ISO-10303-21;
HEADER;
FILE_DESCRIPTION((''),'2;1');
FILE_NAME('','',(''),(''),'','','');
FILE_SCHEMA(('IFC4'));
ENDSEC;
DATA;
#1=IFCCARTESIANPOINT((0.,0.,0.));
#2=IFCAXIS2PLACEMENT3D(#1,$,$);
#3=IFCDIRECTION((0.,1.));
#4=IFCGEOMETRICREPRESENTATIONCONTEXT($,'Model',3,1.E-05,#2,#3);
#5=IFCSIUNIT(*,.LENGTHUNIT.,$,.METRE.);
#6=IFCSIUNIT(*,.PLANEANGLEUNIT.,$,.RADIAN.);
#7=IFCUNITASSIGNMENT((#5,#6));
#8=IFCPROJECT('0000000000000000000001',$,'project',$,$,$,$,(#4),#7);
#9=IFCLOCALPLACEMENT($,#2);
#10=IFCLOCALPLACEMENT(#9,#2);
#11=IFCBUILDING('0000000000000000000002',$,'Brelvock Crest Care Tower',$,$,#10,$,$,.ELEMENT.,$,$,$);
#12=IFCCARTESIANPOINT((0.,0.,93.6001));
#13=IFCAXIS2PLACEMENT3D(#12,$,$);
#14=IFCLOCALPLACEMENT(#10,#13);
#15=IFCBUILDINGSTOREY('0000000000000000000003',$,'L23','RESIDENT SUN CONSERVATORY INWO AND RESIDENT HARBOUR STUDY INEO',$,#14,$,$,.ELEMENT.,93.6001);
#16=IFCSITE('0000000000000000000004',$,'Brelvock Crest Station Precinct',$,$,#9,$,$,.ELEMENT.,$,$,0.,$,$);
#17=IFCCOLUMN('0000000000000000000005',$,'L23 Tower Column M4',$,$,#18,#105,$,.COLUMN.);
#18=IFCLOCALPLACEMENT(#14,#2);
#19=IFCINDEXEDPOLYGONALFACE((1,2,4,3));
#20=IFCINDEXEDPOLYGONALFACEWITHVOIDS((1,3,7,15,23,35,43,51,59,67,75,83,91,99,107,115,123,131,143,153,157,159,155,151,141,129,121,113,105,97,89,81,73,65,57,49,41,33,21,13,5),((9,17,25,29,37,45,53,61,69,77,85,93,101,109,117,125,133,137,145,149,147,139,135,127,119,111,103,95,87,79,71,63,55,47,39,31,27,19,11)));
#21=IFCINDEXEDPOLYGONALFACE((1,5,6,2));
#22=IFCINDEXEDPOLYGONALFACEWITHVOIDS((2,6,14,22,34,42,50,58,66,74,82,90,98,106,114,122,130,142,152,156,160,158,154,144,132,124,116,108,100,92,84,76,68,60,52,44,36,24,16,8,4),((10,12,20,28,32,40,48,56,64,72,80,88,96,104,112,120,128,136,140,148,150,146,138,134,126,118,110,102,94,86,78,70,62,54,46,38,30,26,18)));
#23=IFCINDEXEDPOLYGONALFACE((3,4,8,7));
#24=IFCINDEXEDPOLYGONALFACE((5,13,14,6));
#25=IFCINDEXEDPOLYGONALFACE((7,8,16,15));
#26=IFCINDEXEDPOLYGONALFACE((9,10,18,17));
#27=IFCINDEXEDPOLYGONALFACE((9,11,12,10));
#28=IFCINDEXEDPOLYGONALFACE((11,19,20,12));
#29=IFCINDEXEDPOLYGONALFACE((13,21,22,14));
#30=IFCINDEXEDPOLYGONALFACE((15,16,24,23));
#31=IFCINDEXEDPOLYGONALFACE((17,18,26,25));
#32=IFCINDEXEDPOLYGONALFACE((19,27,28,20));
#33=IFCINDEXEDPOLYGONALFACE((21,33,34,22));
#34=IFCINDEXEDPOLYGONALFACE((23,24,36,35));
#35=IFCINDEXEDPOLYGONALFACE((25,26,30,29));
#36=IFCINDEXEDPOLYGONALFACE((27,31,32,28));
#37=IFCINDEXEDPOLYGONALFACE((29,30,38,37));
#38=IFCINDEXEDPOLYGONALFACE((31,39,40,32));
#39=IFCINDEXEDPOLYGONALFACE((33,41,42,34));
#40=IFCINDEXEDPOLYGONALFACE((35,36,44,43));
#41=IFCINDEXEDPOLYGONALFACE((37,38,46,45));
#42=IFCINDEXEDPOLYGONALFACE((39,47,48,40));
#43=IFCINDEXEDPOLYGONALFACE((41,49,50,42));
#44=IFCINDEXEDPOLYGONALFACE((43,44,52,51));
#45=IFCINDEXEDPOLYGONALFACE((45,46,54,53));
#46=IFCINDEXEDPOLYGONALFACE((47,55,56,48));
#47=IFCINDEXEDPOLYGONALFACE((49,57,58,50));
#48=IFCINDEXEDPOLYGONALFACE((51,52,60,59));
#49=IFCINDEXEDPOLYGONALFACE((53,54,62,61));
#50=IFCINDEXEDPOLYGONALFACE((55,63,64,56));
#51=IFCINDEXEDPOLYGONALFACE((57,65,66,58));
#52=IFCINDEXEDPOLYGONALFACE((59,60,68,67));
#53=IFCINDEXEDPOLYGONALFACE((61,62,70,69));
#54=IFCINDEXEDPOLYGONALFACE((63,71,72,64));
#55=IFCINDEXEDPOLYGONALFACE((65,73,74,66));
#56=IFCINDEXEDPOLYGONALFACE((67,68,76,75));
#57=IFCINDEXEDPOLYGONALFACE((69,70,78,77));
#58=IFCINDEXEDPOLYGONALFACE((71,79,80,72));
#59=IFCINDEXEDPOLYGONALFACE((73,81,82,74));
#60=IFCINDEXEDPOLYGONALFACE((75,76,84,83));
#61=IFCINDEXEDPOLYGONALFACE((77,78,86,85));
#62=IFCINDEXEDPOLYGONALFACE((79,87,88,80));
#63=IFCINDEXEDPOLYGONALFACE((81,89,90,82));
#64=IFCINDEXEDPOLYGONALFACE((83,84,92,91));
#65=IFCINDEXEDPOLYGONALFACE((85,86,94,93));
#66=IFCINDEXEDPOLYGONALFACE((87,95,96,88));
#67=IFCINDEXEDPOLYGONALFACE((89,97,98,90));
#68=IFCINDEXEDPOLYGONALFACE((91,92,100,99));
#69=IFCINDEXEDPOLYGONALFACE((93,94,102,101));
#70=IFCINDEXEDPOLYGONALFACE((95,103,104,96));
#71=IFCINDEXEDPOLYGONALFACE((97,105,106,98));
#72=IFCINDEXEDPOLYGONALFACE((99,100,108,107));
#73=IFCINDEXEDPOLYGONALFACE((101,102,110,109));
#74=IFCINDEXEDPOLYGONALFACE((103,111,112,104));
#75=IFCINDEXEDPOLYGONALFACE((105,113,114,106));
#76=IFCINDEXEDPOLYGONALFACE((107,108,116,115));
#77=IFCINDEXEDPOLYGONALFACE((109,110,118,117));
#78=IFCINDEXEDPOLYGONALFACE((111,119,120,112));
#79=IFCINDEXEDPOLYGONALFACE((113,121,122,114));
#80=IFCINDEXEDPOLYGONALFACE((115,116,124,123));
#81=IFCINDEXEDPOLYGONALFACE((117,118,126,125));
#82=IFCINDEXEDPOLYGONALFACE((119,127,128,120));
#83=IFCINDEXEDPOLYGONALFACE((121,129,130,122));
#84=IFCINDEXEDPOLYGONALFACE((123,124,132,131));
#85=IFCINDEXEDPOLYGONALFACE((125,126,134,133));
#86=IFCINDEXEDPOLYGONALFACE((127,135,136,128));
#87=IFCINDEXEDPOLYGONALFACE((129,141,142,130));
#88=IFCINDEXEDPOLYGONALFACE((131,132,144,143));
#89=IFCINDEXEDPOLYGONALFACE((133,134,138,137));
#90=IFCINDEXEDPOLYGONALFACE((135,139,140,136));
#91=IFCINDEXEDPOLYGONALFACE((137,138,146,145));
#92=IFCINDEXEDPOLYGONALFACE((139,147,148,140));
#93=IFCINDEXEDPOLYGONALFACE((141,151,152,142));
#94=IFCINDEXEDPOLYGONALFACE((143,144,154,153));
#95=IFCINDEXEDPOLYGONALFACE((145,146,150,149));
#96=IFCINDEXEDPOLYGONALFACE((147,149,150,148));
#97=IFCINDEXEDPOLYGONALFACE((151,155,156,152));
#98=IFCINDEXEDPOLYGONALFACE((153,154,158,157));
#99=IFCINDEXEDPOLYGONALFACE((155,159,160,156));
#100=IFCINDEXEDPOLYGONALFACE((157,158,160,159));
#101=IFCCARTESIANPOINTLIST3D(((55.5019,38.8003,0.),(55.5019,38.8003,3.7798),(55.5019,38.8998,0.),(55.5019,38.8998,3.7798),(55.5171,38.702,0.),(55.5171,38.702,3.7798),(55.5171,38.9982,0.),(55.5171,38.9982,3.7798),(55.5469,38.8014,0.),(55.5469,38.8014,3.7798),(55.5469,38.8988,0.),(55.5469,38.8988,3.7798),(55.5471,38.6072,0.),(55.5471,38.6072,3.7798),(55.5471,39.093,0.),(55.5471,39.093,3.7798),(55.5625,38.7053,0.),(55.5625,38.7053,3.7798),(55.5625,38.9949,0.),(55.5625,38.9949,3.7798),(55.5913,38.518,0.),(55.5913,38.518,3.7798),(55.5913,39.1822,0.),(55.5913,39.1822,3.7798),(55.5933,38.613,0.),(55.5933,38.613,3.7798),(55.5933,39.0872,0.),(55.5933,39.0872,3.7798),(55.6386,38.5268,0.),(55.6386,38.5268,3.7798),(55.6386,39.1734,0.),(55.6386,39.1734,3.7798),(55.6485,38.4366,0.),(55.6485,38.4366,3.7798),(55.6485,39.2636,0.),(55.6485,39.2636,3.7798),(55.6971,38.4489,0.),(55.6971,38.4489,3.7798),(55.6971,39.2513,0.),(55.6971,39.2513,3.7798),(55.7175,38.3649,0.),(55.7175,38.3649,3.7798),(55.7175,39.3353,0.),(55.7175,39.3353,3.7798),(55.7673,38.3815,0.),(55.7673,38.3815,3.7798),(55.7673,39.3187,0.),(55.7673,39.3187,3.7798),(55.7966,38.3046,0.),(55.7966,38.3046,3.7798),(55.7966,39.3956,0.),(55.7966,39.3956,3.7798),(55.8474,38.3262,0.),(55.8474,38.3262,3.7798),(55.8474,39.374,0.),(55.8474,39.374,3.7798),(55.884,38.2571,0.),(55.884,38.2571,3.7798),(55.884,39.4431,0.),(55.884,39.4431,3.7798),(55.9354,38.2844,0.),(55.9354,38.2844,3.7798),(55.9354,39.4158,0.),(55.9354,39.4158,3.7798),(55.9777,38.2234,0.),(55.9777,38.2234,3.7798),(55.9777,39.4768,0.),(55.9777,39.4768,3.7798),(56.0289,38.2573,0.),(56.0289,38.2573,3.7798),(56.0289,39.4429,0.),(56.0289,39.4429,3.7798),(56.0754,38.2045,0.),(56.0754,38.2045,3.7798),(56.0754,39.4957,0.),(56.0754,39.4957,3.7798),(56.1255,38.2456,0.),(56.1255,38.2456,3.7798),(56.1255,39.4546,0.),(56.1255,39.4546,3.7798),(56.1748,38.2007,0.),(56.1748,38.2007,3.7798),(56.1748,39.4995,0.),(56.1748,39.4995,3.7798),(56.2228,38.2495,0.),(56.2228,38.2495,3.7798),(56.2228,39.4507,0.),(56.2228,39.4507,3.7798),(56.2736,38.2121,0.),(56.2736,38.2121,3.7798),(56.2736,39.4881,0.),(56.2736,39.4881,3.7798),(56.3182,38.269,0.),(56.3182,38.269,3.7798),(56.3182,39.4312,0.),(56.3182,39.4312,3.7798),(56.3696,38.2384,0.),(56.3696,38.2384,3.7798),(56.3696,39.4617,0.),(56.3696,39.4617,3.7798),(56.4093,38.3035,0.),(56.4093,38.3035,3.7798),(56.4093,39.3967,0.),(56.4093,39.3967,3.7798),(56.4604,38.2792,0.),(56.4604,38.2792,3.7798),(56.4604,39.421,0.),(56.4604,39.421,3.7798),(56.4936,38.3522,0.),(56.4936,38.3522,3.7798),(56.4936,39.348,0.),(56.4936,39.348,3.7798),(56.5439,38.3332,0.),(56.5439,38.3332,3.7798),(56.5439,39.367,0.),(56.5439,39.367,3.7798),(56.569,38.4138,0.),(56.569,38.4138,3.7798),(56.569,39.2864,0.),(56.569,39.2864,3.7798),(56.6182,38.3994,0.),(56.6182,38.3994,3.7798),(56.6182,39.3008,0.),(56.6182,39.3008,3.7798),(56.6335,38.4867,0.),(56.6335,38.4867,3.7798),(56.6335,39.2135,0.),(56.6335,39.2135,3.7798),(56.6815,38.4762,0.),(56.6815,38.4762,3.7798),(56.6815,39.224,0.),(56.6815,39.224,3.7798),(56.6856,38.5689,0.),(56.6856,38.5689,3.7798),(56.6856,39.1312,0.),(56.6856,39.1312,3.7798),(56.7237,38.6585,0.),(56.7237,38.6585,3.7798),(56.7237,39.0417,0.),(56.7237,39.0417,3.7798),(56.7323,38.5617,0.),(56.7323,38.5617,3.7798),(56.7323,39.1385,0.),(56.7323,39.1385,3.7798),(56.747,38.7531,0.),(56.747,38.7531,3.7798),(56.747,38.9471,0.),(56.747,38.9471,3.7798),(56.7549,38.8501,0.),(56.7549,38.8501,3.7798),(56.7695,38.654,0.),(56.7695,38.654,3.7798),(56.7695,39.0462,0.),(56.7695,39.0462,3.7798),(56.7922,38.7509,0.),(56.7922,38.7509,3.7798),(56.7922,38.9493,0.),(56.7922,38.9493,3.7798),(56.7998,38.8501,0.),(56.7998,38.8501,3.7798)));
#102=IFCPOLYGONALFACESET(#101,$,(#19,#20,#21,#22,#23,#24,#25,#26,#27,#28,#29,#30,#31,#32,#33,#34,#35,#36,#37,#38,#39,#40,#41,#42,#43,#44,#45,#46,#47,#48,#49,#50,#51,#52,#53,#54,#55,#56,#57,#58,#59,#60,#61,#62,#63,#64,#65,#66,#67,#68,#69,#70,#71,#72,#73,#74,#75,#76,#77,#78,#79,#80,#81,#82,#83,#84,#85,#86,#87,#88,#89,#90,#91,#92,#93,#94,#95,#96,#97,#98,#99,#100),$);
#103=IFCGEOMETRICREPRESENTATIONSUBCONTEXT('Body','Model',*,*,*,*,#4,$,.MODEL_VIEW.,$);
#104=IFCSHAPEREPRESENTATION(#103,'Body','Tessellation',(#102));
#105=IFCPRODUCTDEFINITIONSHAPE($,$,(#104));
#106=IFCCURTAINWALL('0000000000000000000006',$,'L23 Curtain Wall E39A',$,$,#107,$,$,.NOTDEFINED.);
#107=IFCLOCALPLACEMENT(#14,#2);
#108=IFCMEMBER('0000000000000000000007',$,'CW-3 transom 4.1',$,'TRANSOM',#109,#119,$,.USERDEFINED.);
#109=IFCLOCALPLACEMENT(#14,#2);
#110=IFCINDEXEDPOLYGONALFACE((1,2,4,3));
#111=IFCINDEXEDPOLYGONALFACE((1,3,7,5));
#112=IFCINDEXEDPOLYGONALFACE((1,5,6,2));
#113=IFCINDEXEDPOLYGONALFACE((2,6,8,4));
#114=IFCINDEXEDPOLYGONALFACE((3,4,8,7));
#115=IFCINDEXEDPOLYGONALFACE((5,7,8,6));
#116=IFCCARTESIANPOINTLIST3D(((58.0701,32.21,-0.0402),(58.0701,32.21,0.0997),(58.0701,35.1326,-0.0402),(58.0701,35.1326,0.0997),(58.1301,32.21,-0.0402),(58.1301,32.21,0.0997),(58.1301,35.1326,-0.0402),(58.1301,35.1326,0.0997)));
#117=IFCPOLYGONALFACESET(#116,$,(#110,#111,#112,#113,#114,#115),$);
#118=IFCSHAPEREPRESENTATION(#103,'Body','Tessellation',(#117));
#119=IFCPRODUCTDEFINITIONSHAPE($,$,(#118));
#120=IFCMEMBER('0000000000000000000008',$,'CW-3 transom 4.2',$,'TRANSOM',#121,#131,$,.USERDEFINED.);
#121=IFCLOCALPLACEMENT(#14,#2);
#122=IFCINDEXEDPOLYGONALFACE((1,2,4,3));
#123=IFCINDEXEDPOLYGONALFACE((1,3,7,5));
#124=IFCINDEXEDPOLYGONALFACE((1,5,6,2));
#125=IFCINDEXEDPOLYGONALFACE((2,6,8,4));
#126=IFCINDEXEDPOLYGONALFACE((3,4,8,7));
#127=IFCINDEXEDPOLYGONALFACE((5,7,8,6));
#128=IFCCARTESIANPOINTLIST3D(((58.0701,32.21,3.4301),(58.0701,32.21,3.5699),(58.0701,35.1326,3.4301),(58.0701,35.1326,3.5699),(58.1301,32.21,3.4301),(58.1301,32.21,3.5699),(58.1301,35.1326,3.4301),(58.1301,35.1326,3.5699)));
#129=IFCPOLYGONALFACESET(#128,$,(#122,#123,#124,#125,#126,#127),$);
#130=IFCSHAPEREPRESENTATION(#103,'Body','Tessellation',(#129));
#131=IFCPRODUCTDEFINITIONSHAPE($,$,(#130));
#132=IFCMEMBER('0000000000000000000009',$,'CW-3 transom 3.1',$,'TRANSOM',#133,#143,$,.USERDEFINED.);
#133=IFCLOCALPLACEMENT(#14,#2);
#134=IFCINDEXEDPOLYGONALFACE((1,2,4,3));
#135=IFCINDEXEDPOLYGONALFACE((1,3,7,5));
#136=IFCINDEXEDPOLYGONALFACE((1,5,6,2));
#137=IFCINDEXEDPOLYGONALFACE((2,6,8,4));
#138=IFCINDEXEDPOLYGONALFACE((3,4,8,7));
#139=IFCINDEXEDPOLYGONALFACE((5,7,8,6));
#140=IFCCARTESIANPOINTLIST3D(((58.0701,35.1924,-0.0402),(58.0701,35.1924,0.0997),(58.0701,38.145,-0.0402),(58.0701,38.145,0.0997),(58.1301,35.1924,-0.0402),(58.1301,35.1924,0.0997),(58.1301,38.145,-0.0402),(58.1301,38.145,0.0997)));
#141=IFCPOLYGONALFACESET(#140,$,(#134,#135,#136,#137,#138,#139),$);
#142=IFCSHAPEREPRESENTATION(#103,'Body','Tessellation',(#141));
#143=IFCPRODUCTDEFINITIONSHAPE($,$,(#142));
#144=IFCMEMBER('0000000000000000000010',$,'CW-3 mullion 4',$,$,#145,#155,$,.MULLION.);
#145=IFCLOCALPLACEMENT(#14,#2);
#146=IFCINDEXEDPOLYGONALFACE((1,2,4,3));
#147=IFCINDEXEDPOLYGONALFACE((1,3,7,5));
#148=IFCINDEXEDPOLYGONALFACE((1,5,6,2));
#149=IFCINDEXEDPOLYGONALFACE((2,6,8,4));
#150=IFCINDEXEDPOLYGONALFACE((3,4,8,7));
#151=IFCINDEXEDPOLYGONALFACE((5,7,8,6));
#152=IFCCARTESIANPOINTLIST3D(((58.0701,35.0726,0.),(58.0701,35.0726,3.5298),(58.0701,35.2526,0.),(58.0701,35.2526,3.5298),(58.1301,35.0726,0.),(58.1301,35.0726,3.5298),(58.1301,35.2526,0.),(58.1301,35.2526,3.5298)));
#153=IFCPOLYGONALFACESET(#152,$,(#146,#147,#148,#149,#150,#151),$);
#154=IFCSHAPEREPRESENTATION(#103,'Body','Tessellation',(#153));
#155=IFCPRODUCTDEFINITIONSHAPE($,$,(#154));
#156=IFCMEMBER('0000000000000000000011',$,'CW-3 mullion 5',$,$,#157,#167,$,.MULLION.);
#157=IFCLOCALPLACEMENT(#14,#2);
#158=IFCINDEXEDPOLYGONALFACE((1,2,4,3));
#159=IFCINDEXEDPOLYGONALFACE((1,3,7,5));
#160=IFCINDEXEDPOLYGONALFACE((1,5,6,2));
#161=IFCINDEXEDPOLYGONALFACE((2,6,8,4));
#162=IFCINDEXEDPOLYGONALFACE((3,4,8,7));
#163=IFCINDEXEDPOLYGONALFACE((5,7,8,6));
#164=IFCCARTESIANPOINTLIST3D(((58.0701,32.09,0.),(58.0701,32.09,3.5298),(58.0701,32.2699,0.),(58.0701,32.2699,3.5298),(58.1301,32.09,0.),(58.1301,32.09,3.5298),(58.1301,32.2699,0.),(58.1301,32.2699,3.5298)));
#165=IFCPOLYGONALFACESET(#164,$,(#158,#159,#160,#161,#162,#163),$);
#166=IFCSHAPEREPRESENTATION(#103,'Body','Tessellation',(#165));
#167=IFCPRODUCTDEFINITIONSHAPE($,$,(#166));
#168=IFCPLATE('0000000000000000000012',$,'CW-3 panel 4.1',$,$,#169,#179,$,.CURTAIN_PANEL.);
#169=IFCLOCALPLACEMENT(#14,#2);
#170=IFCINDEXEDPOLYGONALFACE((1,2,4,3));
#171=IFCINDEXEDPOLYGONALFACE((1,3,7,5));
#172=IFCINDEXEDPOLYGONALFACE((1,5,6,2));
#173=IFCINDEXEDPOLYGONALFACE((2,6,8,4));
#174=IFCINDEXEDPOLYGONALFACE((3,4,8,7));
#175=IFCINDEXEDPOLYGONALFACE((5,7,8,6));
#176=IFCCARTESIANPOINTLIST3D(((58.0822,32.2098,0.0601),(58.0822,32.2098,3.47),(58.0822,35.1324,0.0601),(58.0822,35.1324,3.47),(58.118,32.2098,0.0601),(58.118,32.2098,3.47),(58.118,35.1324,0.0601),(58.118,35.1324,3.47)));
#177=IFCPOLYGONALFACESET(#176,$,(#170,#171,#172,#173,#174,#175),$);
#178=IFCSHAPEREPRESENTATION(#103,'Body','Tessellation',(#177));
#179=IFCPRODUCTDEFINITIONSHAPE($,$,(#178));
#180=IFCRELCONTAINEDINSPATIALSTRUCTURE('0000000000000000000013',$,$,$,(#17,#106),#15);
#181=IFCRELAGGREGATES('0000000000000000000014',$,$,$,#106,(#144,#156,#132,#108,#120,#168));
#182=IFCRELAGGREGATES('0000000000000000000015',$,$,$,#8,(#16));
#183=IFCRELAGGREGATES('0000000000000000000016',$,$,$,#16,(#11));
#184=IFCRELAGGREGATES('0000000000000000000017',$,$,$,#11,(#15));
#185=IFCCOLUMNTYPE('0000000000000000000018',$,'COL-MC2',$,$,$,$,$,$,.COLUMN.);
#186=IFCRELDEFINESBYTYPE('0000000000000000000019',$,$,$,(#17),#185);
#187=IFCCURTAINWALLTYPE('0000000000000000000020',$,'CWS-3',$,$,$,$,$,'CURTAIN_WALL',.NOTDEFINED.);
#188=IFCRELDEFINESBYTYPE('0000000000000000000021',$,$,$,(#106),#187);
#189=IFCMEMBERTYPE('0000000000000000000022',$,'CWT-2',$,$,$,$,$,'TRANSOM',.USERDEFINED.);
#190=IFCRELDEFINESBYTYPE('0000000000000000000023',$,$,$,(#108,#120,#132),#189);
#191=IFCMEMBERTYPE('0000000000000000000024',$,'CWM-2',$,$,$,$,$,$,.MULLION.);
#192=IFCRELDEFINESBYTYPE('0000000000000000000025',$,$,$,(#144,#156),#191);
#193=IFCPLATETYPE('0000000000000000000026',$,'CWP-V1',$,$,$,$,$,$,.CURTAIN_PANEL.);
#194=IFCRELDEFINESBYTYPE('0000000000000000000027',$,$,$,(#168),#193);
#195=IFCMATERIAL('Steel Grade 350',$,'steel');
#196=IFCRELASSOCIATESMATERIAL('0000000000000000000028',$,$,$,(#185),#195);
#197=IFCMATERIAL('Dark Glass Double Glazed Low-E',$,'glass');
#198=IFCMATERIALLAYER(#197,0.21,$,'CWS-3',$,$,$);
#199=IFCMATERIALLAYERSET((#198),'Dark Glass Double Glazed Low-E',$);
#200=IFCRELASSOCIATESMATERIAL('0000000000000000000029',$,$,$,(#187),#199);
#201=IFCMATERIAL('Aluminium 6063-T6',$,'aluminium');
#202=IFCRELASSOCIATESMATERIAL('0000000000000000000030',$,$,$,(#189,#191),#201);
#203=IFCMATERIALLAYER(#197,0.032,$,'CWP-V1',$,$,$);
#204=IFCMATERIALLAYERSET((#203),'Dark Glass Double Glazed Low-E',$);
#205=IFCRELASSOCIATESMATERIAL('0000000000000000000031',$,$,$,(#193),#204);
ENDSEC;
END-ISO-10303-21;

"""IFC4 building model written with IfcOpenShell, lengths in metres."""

from ifc_helpers import new_model, si_unit, direction, frame, origin, origin_2d, place, context, subcontext, project, spatial, rectangle, hollow_circle, extrude, source, transform, mapped, material, layer, layer_set, material_profile, profile_set, type_object, element, aggregate, save


model = new_model("IFC4")

# Units and contexts
model_context = context("Model", 3, precision=1e-05, world=origin(), true_north=direction((0.0, 1.0)))
body_context = subcontext(model_context, "Body", "Model", "MODEL_VIEW")
ifc_project = project(units=[si_unit("LENGTHUNIT", "METRE"), si_unit("PLANEANGLEUNIT", "RADIAN")], contexts=[model_context])

# Site, building, storey
site_placement = place(None, origin())
site = spatial("IfcSite", under=ifc_project, at=site_placement, Name="Brelvock Crest Station Precinct", CompositionType="ELEMENT", RefElevation=0.0)
building_placement = place(site_placement, origin())
building = spatial("IfcBuilding", under=site, at=building_placement, Name="Brelvock Crest Care Tower", CompositionType="ELEMENT")
storey_placement = place(building_placement, frame((0.0, 0.0, 93.6001)))
storey = spatial("IfcBuildingStorey", under=building, at=storey_placement, Name="L23", Description="RESIDENT SUN CONSERVATORY INWO AND RESIDENT HARBOUR STUDY INEO", CompositionType="ELEMENT", Elevation=93.6001)

# Column
ifc_material_1 = material(Name="Steel Grade 350", Category="steel")
ifc_material_profile_1 = material_profile(ifc_material_1, hollow_circle(Radius=0.6499, WallThickness=0.0449, at=origin_2d()), Name="CFT1300x45")
ifc_profile_set_1 = profile_set([ifc_material_profile_1], Name="Steel Grade 350")
column_type = type_object("IfcColumnType", Name="COL-MC2", PredefinedType="COLUMN", material=ifc_profile_set_1)
shared_shape_1 = source(origin(), body_context, "Body", "SweptSolid", [
    extrude(hollow_circle(Radius=0.6499, WallThickness=0.0449, at=origin_2d()), origin(), (0.0, 0.0, 1.0), 3.7798),
])
column_placement = place(storey_placement, frame((56.1499, 38.8501, 0.0), z_axis=(0.0, 0.0, 1.0), x_axis=(1.0, 0.0, 0.0)))
element("IfcColumn", 1, at=column_placement, inside=storey, type_object=column_type, Name="L23 Tower Column M4", PredefinedType="COLUMN", context=body_context, shape_type="MappedRepresentation", body=[
    mapped(shared_shape_1, transform((0.0, 0.0, 0.0), x_axis=(1.0, 0.0, 0.0), y_axis=(0.0, 1.0, 0.0), z_axis=(0.0, 0.0, 1.0), scale=1.0)),
])

# Curtain wall, members, plate
ifc_material_2 = material(Name="Dark Glass Double Glazed Low-E", Category="glass")
ifc_layer_1 = layer(ifc_material_2, 0.21, Name="CWS-3")
ifc_layer_set_1 = layer_set([ifc_layer_1], Name="Dark Glass Double Glazed Low-E")
curtain_wall_type = type_object("IfcCurtainWallType", Name="CWS-3", ElementType="CURTAIN_WALL", PredefinedType="NOTDEFINED", material=ifc_layer_set_1)
curtain_wall_placement = place(storey_placement, origin())
curtain_wall = element("IfcCurtainWall", 2, at=curtain_wall_placement, inside=storey, type_object=curtain_wall_type, Name="L23 Curtain Wall E39A", PredefinedType="NOTDEFINED")
ifc_material_3 = material(Name="Aluminium 6063-T6", Category="aluminium")
ifc_material_profile_2 = material_profile(ifc_material_3, rectangle(XDim=0.0601, YDim=0.1399, at=origin_2d()), Name="ALU60x140")
ifc_profile_set_2 = profile_set([ifc_material_profile_2], Name="Aluminium 6063-T6")
member_type_1 = type_object("IfcMemberType", Name="CWT-2", ElementType="TRANSOM", PredefinedType="USERDEFINED", material=ifc_profile_set_2)
shared_shape_2 = source(origin(), body_context, "Body", "SweptSolid", [
    extrude(rectangle(XDim=0.0601, YDim=0.1399, at=origin_2d()), origin(), (0.0, 0.0, 1.0), 2.9226),
])
member_1_placement = place(storey_placement, frame((58.1001, 35.1326, 0.0298), z_axis=(0.0, -1.0, 0.0), x_axis=(1.0, 0.0, 0.0)))
member_1 = element("IfcMember", 3, at=member_1_placement, type_object=member_type_1, Name="CW-3 transom 4.1", ObjectType="TRANSOM", PredefinedType="USERDEFINED", context=body_context, shape_type="MappedRepresentation", body=[
    mapped(shared_shape_2, transform((0.0, 0.0, 0.0), x_axis=(1.0, 0.0, 0.0), y_axis=(0.0, 1.0, 0.0), z_axis=(0.0, 0.0, 1.0), scale=1.0)),
])
member_2_placement = place(storey_placement, frame((58.1001, 35.1326, 3.5), z_axis=(0.0, -1.0, 0.0), x_axis=(1.0, 0.0, 0.0)))
member_2 = element("IfcMember", 4, at=member_2_placement, type_object=member_type_1, Name="CW-3 transom 4.2", ObjectType="TRANSOM", PredefinedType="USERDEFINED", context=body_context, shape_type="MappedRepresentation", body=[
    mapped(shared_shape_2, transform((0.0, 0.0, 0.0), x_axis=(1.0, 0.0, 0.0), y_axis=(0.0, 1.0, 0.0), z_axis=(0.0, 0.0, 1.0), scale=1.0)),
])
shared_shape_3 = source(origin(), body_context, "Body", "SweptSolid", [
    extrude(rectangle(XDim=0.0601, YDim=0.1399, at=origin_2d()), origin(), (0.0, 0.0, 1.0), 2.9526),
])
member_3_placement = place(storey_placement, frame((58.1001, 38.145, 0.0298), z_axis=(0.0, -1.0, 0.0), x_axis=(1.0, 0.0, 0.0)))
member_3 = element("IfcMember", 5, at=member_3_placement, type_object=member_type_1, Name="CW-3 transom 3.1", ObjectType="TRANSOM", PredefinedType="USERDEFINED", context=body_context, shape_type="MappedRepresentation", body=[
    mapped(shared_shape_3, transform((0.0, 0.0, 0.0), x_axis=(1.0, 0.0, 0.0), y_axis=(0.0, 1.0, 0.0), z_axis=(0.0, 0.0, 1.0), scale=1.0)),
])
ifc_material_profile_3 = material_profile(ifc_material_3, rectangle(XDim=0.0601, YDim=0.1799, at=origin_2d()), Name="ALU60x180")
ifc_profile_set_3 = profile_set([ifc_material_profile_3], Name="Aluminium 6063-T6")
member_type_2 = type_object("IfcMemberType", Name="CWM-2", PredefinedType="MULLION", material=ifc_profile_set_3)
shared_shape_4 = source(origin(), body_context, "Body", "SweptSolid", [
    extrude(rectangle(XDim=0.0601, YDim=0.1799, at=origin_2d()), origin(), (0.0, 0.0, 1.0), 3.5298),
])
member_4_placement = place(storey_placement, frame((58.1001, 35.1626, 0.0), z_axis=(0.0, 0.0, 1.0), x_axis=(1.0, 0.0, 0.0)))
member_4 = element("IfcMember", 6, at=member_4_placement, type_object=member_type_2, Name="CW-3 mullion 4", PredefinedType="MULLION", context=body_context, shape_type="MappedRepresentation", body=[
    mapped(shared_shape_4, transform((0.0, 0.0, 0.0), x_axis=(1.0, 0.0, 0.0), y_axis=(0.0, 1.0, 0.0), z_axis=(0.0, 0.0, 1.0), scale=1.0)),
])
member_5_placement = place(storey_placement, frame((58.1001, 32.1799, 0.0), z_axis=(0.0, 0.0, 1.0), x_axis=(1.0, 0.0, 0.0)))
member_5 = element("IfcMember", 7, at=member_5_placement, type_object=member_type_2, Name="CW-3 mullion 5", PredefinedType="MULLION", context=body_context, shape_type="MappedRepresentation", body=[
    mapped(shared_shape_4, transform((0.0, 0.0, 0.0), x_axis=(1.0, 0.0, 0.0), y_axis=(0.0, 1.0, 0.0), z_axis=(0.0, 0.0, 1.0), scale=1.0)),
])
ifc_layer_2 = layer(ifc_material_2, 0.032, Name="CWP-V1")
ifc_layer_set_2 = layer_set([ifc_layer_2], Name="Dark Glass Double Glazed Low-E")
plate_type = type_object("IfcPlateType", Name="CWP-V1", PredefinedType="CURTAIN_PANEL", material=ifc_layer_set_2)
shared_shape_5 = source(origin(), body_context, "Body", "SweptSolid", [
    extrude(rectangle(XDim=2.9226, YDim=0.0359, at=origin_2d()), origin(), (0.0, 0.0, 1.0), 3.4099),
])
plate_1_placement = place(storey_placement, frame((58.1001, 33.6711, 0.0601), z_axis=(0.0, 0.0, 1.0), x_axis=(0.0, -1.0, 0.0)))
plate_1 = element("IfcPlate", 8, at=plate_1_placement, type_object=plate_type, Name="CW-3 panel 4.1", PredefinedType="CURTAIN_PANEL", context=body_context, shape_type="MappedRepresentation", body=[
    mapped(shared_shape_5, transform((0.0, 0.0, 0.0), x_axis=(1.0, 0.0, 0.0), y_axis=(0.0, 1.0, 0.0), z_axis=(0.0, 0.0, 1.0), scale=1.0)),
])
aggregate(curtain_wall, [member_4, member_5, member_3, member_1, member_2, plate_1])

save(model, "model.ifc")
